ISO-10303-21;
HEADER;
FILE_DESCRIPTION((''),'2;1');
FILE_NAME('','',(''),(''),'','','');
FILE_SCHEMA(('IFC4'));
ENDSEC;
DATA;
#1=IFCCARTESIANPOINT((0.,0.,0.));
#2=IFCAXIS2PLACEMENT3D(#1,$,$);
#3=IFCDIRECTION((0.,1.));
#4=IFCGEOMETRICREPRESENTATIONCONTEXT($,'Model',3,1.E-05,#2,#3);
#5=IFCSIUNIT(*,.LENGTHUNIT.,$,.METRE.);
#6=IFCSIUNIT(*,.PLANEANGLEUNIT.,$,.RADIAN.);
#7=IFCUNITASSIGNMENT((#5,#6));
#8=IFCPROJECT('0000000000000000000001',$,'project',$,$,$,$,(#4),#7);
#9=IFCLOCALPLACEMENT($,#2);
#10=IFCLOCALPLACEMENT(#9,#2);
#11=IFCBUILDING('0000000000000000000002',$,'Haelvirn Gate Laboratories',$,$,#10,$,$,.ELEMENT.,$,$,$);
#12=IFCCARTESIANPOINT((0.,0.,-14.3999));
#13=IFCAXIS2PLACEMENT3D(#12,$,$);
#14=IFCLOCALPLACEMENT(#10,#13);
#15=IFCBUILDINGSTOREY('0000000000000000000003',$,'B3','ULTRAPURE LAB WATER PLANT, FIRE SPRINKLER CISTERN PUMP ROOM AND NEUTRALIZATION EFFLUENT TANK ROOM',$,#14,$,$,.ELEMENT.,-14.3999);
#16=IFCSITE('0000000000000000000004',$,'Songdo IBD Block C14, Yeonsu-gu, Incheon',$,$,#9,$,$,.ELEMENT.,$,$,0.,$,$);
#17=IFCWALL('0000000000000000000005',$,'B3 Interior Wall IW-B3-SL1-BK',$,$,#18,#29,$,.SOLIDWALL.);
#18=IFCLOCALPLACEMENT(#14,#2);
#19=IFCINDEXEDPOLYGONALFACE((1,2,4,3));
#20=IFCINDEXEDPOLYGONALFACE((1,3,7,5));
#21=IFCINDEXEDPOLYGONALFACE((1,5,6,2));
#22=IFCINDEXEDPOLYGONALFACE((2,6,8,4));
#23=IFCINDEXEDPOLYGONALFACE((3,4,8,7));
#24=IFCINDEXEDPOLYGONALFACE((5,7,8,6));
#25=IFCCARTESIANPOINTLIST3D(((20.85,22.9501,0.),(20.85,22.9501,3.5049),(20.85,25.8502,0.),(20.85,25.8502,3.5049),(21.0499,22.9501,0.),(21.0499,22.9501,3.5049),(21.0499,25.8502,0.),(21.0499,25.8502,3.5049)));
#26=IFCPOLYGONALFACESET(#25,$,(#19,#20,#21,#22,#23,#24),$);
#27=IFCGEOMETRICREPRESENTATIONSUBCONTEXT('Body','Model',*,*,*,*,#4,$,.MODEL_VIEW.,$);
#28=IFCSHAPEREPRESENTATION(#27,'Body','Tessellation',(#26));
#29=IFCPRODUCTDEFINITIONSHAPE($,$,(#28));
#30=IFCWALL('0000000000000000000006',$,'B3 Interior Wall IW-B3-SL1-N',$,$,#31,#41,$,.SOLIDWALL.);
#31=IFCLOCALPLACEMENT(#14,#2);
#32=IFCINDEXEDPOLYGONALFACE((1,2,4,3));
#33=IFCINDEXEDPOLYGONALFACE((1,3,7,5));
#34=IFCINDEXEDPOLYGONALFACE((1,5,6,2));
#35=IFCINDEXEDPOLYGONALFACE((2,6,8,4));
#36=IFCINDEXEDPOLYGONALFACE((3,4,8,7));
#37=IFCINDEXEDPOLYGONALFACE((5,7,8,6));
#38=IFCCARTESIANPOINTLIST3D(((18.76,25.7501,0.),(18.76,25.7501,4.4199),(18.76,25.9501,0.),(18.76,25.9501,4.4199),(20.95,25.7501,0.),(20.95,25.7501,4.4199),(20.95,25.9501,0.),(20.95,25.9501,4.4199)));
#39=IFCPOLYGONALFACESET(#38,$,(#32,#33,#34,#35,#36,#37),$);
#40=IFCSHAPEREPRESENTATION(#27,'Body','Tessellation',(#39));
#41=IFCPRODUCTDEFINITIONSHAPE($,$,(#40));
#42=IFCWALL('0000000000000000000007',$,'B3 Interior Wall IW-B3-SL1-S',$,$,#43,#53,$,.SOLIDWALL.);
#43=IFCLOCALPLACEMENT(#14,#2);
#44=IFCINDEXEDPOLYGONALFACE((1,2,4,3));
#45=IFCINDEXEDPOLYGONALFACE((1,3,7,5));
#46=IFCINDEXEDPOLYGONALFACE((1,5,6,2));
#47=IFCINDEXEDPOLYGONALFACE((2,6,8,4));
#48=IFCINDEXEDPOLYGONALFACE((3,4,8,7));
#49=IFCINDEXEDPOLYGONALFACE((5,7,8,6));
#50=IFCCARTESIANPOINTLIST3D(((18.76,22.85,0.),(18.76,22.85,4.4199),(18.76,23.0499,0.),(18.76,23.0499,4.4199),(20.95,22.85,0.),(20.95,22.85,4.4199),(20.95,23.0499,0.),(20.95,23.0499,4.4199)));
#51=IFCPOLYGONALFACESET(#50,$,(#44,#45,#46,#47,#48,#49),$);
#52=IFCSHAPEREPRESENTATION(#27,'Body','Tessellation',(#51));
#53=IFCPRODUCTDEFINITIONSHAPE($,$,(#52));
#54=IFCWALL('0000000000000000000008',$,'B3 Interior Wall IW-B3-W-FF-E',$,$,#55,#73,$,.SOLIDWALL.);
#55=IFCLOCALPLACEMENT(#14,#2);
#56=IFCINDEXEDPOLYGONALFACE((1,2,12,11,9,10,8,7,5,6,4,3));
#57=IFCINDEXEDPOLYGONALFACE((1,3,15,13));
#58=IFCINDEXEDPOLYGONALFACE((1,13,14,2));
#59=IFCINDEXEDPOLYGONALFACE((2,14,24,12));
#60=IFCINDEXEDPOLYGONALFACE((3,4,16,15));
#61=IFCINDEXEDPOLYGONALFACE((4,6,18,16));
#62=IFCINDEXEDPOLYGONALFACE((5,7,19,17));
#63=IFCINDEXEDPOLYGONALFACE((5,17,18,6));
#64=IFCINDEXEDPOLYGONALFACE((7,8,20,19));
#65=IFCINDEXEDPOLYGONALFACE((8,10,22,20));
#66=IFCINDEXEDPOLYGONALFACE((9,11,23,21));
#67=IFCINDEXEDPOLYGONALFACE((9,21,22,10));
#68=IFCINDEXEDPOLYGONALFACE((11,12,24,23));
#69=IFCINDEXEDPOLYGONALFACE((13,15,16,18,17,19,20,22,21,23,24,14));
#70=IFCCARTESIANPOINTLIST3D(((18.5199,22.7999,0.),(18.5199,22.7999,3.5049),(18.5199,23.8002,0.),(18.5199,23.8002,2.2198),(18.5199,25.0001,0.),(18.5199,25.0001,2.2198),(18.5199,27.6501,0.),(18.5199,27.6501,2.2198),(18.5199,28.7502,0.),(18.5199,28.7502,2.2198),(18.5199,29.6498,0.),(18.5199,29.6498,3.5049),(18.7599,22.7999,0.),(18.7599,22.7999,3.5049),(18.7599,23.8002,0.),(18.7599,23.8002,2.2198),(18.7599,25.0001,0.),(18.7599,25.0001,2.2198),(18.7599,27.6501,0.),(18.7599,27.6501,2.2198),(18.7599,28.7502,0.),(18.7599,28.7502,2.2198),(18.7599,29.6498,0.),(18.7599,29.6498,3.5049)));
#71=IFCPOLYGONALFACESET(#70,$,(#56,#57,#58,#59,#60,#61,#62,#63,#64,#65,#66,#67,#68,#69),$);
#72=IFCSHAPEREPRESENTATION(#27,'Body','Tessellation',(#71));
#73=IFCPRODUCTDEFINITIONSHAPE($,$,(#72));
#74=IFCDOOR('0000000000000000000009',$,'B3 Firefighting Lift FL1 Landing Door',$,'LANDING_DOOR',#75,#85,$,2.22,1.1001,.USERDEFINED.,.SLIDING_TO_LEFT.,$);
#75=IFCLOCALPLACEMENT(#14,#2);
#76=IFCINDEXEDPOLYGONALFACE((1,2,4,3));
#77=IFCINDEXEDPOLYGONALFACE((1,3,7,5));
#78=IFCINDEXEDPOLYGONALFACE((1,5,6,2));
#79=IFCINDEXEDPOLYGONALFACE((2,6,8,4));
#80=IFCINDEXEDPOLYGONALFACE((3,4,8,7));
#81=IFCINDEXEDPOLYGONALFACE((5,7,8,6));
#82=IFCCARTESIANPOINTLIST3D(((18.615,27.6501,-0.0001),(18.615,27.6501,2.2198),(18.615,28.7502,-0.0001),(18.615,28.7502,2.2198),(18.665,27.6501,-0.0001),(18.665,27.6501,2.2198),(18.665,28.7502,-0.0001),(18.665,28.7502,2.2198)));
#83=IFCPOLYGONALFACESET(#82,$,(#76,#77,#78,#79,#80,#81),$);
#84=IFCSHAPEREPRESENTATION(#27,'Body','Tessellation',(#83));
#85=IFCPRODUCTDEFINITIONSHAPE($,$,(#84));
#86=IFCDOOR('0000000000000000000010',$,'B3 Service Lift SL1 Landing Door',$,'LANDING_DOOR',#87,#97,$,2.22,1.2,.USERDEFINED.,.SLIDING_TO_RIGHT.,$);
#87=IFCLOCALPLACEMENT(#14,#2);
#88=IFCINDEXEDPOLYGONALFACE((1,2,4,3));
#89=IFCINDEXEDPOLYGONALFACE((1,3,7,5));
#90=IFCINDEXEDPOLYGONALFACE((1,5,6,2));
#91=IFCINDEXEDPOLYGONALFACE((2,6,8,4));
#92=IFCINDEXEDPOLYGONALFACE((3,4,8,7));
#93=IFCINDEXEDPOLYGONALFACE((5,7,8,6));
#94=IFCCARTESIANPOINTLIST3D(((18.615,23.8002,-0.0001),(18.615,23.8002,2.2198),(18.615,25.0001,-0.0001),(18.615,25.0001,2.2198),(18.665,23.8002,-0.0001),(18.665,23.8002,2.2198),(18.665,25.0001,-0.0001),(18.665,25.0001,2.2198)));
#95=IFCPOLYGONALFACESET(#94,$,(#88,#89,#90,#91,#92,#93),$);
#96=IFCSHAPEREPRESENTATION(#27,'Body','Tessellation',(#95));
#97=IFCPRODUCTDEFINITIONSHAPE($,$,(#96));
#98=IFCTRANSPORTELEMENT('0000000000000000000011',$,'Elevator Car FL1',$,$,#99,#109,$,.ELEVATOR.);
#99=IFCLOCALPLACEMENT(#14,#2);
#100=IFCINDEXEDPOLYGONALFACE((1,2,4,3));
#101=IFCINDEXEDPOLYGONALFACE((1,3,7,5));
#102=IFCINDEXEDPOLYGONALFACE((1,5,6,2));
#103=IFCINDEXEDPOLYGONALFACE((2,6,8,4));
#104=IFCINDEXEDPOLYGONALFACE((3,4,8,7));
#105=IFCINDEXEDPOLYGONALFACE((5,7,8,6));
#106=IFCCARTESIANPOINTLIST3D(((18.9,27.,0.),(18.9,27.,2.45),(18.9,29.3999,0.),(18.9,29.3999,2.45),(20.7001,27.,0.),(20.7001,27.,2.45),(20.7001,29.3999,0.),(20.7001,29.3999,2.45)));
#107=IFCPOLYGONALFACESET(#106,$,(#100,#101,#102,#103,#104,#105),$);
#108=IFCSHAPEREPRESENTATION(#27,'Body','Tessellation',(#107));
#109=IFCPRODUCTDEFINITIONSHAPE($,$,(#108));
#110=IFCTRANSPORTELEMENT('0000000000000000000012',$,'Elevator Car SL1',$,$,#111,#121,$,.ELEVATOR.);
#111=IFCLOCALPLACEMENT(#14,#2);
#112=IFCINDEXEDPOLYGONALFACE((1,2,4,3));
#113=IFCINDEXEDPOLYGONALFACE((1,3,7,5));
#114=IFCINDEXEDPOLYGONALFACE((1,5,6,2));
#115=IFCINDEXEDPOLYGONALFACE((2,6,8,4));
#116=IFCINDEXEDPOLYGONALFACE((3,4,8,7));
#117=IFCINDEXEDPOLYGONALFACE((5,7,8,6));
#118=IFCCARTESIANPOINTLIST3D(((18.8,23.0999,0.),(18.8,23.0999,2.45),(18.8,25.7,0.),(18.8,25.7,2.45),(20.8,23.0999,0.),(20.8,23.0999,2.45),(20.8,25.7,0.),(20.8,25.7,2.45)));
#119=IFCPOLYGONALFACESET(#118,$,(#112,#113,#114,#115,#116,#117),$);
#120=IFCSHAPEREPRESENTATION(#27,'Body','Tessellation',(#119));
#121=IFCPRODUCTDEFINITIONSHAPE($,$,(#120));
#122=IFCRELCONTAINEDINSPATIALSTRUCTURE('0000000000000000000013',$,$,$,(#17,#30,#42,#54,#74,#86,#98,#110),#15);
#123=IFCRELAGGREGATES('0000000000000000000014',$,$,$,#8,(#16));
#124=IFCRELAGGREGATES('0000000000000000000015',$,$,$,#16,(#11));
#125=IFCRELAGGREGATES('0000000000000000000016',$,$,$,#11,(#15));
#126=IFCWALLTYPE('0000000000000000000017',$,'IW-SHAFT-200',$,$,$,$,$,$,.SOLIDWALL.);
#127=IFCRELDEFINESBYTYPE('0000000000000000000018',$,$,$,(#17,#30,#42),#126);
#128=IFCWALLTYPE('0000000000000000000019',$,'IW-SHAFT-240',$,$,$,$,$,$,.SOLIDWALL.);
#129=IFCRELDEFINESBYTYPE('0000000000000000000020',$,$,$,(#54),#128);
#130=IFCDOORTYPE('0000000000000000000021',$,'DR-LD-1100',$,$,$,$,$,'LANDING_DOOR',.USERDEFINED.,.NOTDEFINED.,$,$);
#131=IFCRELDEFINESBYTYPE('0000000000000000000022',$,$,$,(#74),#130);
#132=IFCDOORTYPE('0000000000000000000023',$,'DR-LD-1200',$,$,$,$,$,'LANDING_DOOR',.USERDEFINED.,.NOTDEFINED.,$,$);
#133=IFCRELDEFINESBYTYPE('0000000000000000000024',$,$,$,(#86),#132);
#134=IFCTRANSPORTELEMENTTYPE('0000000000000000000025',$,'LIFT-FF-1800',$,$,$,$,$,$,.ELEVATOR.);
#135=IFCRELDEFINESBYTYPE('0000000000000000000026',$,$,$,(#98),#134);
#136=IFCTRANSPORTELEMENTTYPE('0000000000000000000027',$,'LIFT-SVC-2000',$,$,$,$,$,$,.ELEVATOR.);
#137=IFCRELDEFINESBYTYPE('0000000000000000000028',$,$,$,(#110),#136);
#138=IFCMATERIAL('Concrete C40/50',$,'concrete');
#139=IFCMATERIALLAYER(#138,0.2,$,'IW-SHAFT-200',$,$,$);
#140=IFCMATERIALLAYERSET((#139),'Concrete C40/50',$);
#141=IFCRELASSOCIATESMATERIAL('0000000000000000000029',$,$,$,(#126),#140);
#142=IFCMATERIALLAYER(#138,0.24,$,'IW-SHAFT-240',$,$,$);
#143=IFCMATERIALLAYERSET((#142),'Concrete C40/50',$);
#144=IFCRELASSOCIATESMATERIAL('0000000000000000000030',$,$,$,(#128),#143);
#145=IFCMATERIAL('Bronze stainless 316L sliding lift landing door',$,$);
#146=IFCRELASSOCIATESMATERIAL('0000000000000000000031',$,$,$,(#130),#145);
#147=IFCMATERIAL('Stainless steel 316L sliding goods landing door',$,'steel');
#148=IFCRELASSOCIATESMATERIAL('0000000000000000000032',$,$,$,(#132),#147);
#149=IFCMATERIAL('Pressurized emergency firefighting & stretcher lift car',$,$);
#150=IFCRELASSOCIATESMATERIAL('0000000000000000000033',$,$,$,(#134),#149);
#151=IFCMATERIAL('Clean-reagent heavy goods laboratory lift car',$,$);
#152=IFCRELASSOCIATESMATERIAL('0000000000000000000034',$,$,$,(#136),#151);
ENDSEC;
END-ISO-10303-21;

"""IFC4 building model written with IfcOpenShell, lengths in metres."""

from ifc_helpers import new_model, si_unit, direction, frame, frame_2d, origin, origin_2d, place, context, subcontext, project, spatial, rectangle, extrude, source, transform, mapped, material, layer, layer_set, type_object, type_shapes, element, fill, save


model = new_model("IFC4")

# Units and contexts
model_context = context("Model", 3, precision=1e-05, world=origin(), true_north=direction((0.0, 1.0)))
body_context = subcontext(model_context, "Body", "Model", "MODEL_VIEW")
ifc_project = project(units=[si_unit("LENGTHUNIT", "METRE"), si_unit("PLANEANGLEUNIT", "RADIAN")], contexts=[model_context])

# Site, building, storey
site_placement = place(None, origin())
site = spatial("IfcSite", under=ifc_project, at=site_placement, Name="Songdo IBD Block C14, Yeonsu-gu, Incheon", CompositionType="ELEMENT", RefElevation=0.0)
building_placement = place(site_placement, origin())
building = spatial("IfcBuilding", under=site, at=building_placement, Name="Haelvirn Gate Laboratories", CompositionType="ELEMENT")
storey_placement = place(building_placement, frame((0.0, 0.0, -14.3999)))
storey = spatial("IfcBuildingStorey", under=building, at=storey_placement, Name="B3", Description="ULTRAPURE LAB WATER PLANT, FIRE SPRINKLER CISTERN PUMP ROOM AND NEUTRALIZATION EFFLUENT TANK ROOM", CompositionType="ELEMENT", Elevation=-14.3999)

# Walls
ifc_material_1 = material(Name="Concrete C40/50", Category="concrete")
ifc_layer_1 = layer(ifc_material_1, 0.2, Name="IW-SHAFT-200")
ifc_layer_set_1 = layer_set([ifc_layer_1], Name="Concrete C40/50")
wall_type_1 = type_object("IfcWallType", Name="IW-SHAFT-200", PredefinedType="SOLIDWALL", material=ifc_layer_set_1)
wall_1_placement = place(storey_placement, frame((20.95, 22.95, 0.0), z_axis=(0.0, 0.0, 1.0), x_axis=(0.0, 1.0, 0.0)))
element("IfcWall", 1, at=wall_1_placement, inside=storey, type_object=wall_type_1, Name="B3 Interior Wall IW-B3-SL1-BK", PredefinedType="SOLIDWALL", context=body_context, shape_type="SweptSolid", body=[
    extrude(rectangle(XDim=2.9001, YDim=0.2, at=frame_2d((1.4502, 0.0))), origin(), (0.0, 0.0, 1.0), 3.5049),
])
for number, where, z_axis, x_axis, name in (
    (2, (18.76, 25.8501, 0.0), (0.0, 0.0, 1.0), (1.0, 0.0, 0.0), "B3 Interior Wall IW-B3-SL1-N"),
    (3, (18.76, 22.95, 0.0), (0.0, 0.0, 1.0), (1.0, 0.0, 0.0), "B3 Interior Wall IW-B3-SL1-S"),
):
    element("IfcWall", number, at=place(storey_placement, frame(where, z_axis=z_axis, x_axis=x_axis)), inside=storey, type_object=wall_type_1, Name=name, PredefinedType="SOLIDWALL", context=body_context, shape_type="SweptSolid", body=[
        extrude(rectangle(XDim=2.1899, YDim=0.2, at=frame_2d((1.095, 0.0))), origin(), (0.0, 0.0, 1.0), 4.4199),
    ])

# Wall, openings, doors
ifc_layer_2 = layer(ifc_material_1, 0.24, Name="IW-SHAFT-240")
ifc_layer_set_2 = layer_set([ifc_layer_2], Name="Concrete C40/50")
wall_type_2 = type_object("IfcWallType", Name="IW-SHAFT-240", PredefinedType="SOLIDWALL", material=ifc_layer_set_2)
wall_2_placement = place(storey_placement, frame((18.6399, 22.8, 0.0), z_axis=(0.0, 0.0, 1.0), x_axis=(0.0, 1.0, 0.0)))
wall_2 = element("IfcWall", 4, at=wall_2_placement, inside=storey, type_object=wall_type_2, Name="B3 Interior Wall IW-B3-W-FF-E", PredefinedType="SOLIDWALL", context=body_context, shape_type="SweptSolid", body=[
    extrude(rectangle(XDim=6.8499, YDim=0.24, at=frame_2d((3.4248, 0.0))), origin(), (0.0, 0.0, 1.0), 3.5049),
])
opening_1_placement = place(wall_2_placement, frame((4.8501, 0.0, 0.0)))
opening_1 = element("IfcOpeningElement", 5, at=opening_1_placement, cuts=wall_2, PredefinedType="OPENING", context=body_context, shape_type="SweptSolid", body=[
    extrude(rectangle(XDim=1.1001, YDim=2.22, at=frame_2d((0.55, 1.1099))), frame((0.0, 0.1299, 0.0), z_axis=(0.0, -1.0, 0.0), x_axis=(1.0, 0.0, 0.0)), (0.0, 0.0, 1.0), 0.26),
])
opening_2_placement = place(wall_2_placement, frame((1.0, 0.0, 0.0)))
opening_2 = element("IfcOpeningElement", 6, at=opening_2_placement, cuts=wall_2, PredefinedType="OPENING", context=body_context, shape_type="SweptSolid", body=[
    extrude(rectangle(XDim=1.2, YDim=2.22, at=frame_2d((0.6001, 1.1099))), frame((0.0, 0.1299, 0.0), z_axis=(0.0, -1.0, 0.0), x_axis=(1.0, 0.0, 0.0)), (0.0, 0.0, 1.0), 0.26),
])
ifc_material_2 = material(Name="Bronze stainless 316L sliding lift landing door")
door_type_1 = type_object("IfcDoorType", Name="DR-LD-1100", ElementType="LANDING_DOOR", OperationType="NOTDEFINED", PredefinedType="USERDEFINED", material=ifc_material_2)
shared_shape_1 = source(origin(), body_context, "Body", "SweptSolid", [
    extrude(rectangle(XDim=1.1001, YDim=2.22, at=frame_2d((0.55, 1.1099))), frame((0.0, 0.0249, 0.0), z_axis=(0.0, -1.0, 0.0), x_axis=(1.0, 0.0, 0.0)), (0.0, 0.0, 1.0), 0.05),
])
type_shapes(door_type_1, [shared_shape_1])
door_1_placement = place(opening_1_placement, origin())
door_1 = element("IfcDoor", 7, at=door_1_placement, inside=storey, type_object=door_type_1, Name="B3 Firefighting Lift FL1 Landing Door", ObjectType="LANDING_DOOR", OperationType="SLIDING_TO_LEFT", OverallHeight=2.22, OverallWidth=1.1001, PredefinedType="USERDEFINED", context=body_context, shape_type="MappedRepresentation", body=[
    mapped(shared_shape_1, transform((0.0, 0.0, 0.0), scale=1.0)),
])
fill(opening_1, door_1)
ifc_material_3 = material(Name="Stainless steel 316L sliding goods landing door", Category="steel")
door_type_2 = type_object("IfcDoorType", Name="DR-LD-1200", ElementType="LANDING_DOOR", OperationType="NOTDEFINED", PredefinedType="USERDEFINED", material=ifc_material_3)
shared_shape_2 = source(origin(), body_context, "Body", "SweptSolid", [
    extrude(rectangle(XDim=1.2, YDim=2.22, at=frame_2d((0.6001, 1.1099))), frame((0.0, 0.0249, 0.0), z_axis=(0.0, -1.0, 0.0), x_axis=(1.0, 0.0, 0.0)), (0.0, 0.0, 1.0), 0.05),
])
type_shapes(door_type_2, [shared_shape_2])
door_2_placement = place(opening_2_placement, origin())
door_2 = element("IfcDoor", 8, at=door_2_placement, inside=storey, type_object=door_type_2, Name="B3 Service Lift SL1 Landing Door", ObjectType="LANDING_DOOR", OperationType="SLIDING_TO_RIGHT", OverallHeight=2.22, OverallWidth=1.2, PredefinedType="USERDEFINED", context=body_context, shape_type="MappedRepresentation", body=[
    mapped(shared_shape_2, transform((0.0, 0.0, 0.0), scale=1.0)),
])
fill(opening_2, door_2)

# Transport elements
ifc_material_4 = material(Name="Pressurized emergency firefighting & stretcher lift car")
transport_element_type_1 = type_object("IfcTransportElementType", Name="LIFT-FF-1800", PredefinedType="ELEVATOR", material=ifc_material_4)
shared_shape_3 = source(origin(), body_context, "Body", "SweptSolid", [
    extrude(rectangle(XDim=1.8, YDim=2.3999, at=origin_2d()), origin(), (0.0, 0.0, 1.0), 2.45),
])
type_shapes(transport_element_type_1, [shared_shape_3])
transport_element_1_placement = place(storey_placement, frame((19.8, 28.2, 0.0), z_axis=(0.0, 0.0, 1.0), x_axis=(1.0, 0.0, 0.0)))
element("IfcTransportElement", 9, at=transport_element_1_placement, inside=storey, type_object=transport_element_type_1, Name="Elevator Car FL1", PredefinedType="ELEVATOR", context=body_context, shape_type="MappedRepresentation", body=[
    mapped(shared_shape_3, transform((0.0, 0.0, 0.0), scale=1.0)),
])
ifc_material_5 = material(Name="Clean-reagent heavy goods laboratory lift car")
transport_element_type_2 = type_object("IfcTransportElementType", Name="LIFT-SVC-2000", PredefinedType="ELEVATOR", material=ifc_material_5)
shared_shape_4 = source(origin(), body_context, "Body", "SweptSolid", [
    extrude(rectangle(XDim=2.0, YDim=2.6001, at=origin_2d()), origin(), (0.0, 0.0, 1.0), 2.45),
])
type_shapes(transport_element_type_2, [shared_shape_4])
transport_element_2_placement = place(storey_placement, frame((19.8, 24.3999, 0.0), z_axis=(0.0, 0.0, 1.0), x_axis=(1.0, 0.0, 0.0)))
element("IfcTransportElement", 10, at=transport_element_2_placement, inside=storey, type_object=transport_element_type_2, Name="Elevator Car SL1", PredefinedType="ELEVATOR", context=body_context, shape_type="MappedRepresentation", body=[
    mapped(shared_shape_4, transform((0.0, 0.0, 0.0), scale=1.0)),
])

save(model, "model.ifc")
